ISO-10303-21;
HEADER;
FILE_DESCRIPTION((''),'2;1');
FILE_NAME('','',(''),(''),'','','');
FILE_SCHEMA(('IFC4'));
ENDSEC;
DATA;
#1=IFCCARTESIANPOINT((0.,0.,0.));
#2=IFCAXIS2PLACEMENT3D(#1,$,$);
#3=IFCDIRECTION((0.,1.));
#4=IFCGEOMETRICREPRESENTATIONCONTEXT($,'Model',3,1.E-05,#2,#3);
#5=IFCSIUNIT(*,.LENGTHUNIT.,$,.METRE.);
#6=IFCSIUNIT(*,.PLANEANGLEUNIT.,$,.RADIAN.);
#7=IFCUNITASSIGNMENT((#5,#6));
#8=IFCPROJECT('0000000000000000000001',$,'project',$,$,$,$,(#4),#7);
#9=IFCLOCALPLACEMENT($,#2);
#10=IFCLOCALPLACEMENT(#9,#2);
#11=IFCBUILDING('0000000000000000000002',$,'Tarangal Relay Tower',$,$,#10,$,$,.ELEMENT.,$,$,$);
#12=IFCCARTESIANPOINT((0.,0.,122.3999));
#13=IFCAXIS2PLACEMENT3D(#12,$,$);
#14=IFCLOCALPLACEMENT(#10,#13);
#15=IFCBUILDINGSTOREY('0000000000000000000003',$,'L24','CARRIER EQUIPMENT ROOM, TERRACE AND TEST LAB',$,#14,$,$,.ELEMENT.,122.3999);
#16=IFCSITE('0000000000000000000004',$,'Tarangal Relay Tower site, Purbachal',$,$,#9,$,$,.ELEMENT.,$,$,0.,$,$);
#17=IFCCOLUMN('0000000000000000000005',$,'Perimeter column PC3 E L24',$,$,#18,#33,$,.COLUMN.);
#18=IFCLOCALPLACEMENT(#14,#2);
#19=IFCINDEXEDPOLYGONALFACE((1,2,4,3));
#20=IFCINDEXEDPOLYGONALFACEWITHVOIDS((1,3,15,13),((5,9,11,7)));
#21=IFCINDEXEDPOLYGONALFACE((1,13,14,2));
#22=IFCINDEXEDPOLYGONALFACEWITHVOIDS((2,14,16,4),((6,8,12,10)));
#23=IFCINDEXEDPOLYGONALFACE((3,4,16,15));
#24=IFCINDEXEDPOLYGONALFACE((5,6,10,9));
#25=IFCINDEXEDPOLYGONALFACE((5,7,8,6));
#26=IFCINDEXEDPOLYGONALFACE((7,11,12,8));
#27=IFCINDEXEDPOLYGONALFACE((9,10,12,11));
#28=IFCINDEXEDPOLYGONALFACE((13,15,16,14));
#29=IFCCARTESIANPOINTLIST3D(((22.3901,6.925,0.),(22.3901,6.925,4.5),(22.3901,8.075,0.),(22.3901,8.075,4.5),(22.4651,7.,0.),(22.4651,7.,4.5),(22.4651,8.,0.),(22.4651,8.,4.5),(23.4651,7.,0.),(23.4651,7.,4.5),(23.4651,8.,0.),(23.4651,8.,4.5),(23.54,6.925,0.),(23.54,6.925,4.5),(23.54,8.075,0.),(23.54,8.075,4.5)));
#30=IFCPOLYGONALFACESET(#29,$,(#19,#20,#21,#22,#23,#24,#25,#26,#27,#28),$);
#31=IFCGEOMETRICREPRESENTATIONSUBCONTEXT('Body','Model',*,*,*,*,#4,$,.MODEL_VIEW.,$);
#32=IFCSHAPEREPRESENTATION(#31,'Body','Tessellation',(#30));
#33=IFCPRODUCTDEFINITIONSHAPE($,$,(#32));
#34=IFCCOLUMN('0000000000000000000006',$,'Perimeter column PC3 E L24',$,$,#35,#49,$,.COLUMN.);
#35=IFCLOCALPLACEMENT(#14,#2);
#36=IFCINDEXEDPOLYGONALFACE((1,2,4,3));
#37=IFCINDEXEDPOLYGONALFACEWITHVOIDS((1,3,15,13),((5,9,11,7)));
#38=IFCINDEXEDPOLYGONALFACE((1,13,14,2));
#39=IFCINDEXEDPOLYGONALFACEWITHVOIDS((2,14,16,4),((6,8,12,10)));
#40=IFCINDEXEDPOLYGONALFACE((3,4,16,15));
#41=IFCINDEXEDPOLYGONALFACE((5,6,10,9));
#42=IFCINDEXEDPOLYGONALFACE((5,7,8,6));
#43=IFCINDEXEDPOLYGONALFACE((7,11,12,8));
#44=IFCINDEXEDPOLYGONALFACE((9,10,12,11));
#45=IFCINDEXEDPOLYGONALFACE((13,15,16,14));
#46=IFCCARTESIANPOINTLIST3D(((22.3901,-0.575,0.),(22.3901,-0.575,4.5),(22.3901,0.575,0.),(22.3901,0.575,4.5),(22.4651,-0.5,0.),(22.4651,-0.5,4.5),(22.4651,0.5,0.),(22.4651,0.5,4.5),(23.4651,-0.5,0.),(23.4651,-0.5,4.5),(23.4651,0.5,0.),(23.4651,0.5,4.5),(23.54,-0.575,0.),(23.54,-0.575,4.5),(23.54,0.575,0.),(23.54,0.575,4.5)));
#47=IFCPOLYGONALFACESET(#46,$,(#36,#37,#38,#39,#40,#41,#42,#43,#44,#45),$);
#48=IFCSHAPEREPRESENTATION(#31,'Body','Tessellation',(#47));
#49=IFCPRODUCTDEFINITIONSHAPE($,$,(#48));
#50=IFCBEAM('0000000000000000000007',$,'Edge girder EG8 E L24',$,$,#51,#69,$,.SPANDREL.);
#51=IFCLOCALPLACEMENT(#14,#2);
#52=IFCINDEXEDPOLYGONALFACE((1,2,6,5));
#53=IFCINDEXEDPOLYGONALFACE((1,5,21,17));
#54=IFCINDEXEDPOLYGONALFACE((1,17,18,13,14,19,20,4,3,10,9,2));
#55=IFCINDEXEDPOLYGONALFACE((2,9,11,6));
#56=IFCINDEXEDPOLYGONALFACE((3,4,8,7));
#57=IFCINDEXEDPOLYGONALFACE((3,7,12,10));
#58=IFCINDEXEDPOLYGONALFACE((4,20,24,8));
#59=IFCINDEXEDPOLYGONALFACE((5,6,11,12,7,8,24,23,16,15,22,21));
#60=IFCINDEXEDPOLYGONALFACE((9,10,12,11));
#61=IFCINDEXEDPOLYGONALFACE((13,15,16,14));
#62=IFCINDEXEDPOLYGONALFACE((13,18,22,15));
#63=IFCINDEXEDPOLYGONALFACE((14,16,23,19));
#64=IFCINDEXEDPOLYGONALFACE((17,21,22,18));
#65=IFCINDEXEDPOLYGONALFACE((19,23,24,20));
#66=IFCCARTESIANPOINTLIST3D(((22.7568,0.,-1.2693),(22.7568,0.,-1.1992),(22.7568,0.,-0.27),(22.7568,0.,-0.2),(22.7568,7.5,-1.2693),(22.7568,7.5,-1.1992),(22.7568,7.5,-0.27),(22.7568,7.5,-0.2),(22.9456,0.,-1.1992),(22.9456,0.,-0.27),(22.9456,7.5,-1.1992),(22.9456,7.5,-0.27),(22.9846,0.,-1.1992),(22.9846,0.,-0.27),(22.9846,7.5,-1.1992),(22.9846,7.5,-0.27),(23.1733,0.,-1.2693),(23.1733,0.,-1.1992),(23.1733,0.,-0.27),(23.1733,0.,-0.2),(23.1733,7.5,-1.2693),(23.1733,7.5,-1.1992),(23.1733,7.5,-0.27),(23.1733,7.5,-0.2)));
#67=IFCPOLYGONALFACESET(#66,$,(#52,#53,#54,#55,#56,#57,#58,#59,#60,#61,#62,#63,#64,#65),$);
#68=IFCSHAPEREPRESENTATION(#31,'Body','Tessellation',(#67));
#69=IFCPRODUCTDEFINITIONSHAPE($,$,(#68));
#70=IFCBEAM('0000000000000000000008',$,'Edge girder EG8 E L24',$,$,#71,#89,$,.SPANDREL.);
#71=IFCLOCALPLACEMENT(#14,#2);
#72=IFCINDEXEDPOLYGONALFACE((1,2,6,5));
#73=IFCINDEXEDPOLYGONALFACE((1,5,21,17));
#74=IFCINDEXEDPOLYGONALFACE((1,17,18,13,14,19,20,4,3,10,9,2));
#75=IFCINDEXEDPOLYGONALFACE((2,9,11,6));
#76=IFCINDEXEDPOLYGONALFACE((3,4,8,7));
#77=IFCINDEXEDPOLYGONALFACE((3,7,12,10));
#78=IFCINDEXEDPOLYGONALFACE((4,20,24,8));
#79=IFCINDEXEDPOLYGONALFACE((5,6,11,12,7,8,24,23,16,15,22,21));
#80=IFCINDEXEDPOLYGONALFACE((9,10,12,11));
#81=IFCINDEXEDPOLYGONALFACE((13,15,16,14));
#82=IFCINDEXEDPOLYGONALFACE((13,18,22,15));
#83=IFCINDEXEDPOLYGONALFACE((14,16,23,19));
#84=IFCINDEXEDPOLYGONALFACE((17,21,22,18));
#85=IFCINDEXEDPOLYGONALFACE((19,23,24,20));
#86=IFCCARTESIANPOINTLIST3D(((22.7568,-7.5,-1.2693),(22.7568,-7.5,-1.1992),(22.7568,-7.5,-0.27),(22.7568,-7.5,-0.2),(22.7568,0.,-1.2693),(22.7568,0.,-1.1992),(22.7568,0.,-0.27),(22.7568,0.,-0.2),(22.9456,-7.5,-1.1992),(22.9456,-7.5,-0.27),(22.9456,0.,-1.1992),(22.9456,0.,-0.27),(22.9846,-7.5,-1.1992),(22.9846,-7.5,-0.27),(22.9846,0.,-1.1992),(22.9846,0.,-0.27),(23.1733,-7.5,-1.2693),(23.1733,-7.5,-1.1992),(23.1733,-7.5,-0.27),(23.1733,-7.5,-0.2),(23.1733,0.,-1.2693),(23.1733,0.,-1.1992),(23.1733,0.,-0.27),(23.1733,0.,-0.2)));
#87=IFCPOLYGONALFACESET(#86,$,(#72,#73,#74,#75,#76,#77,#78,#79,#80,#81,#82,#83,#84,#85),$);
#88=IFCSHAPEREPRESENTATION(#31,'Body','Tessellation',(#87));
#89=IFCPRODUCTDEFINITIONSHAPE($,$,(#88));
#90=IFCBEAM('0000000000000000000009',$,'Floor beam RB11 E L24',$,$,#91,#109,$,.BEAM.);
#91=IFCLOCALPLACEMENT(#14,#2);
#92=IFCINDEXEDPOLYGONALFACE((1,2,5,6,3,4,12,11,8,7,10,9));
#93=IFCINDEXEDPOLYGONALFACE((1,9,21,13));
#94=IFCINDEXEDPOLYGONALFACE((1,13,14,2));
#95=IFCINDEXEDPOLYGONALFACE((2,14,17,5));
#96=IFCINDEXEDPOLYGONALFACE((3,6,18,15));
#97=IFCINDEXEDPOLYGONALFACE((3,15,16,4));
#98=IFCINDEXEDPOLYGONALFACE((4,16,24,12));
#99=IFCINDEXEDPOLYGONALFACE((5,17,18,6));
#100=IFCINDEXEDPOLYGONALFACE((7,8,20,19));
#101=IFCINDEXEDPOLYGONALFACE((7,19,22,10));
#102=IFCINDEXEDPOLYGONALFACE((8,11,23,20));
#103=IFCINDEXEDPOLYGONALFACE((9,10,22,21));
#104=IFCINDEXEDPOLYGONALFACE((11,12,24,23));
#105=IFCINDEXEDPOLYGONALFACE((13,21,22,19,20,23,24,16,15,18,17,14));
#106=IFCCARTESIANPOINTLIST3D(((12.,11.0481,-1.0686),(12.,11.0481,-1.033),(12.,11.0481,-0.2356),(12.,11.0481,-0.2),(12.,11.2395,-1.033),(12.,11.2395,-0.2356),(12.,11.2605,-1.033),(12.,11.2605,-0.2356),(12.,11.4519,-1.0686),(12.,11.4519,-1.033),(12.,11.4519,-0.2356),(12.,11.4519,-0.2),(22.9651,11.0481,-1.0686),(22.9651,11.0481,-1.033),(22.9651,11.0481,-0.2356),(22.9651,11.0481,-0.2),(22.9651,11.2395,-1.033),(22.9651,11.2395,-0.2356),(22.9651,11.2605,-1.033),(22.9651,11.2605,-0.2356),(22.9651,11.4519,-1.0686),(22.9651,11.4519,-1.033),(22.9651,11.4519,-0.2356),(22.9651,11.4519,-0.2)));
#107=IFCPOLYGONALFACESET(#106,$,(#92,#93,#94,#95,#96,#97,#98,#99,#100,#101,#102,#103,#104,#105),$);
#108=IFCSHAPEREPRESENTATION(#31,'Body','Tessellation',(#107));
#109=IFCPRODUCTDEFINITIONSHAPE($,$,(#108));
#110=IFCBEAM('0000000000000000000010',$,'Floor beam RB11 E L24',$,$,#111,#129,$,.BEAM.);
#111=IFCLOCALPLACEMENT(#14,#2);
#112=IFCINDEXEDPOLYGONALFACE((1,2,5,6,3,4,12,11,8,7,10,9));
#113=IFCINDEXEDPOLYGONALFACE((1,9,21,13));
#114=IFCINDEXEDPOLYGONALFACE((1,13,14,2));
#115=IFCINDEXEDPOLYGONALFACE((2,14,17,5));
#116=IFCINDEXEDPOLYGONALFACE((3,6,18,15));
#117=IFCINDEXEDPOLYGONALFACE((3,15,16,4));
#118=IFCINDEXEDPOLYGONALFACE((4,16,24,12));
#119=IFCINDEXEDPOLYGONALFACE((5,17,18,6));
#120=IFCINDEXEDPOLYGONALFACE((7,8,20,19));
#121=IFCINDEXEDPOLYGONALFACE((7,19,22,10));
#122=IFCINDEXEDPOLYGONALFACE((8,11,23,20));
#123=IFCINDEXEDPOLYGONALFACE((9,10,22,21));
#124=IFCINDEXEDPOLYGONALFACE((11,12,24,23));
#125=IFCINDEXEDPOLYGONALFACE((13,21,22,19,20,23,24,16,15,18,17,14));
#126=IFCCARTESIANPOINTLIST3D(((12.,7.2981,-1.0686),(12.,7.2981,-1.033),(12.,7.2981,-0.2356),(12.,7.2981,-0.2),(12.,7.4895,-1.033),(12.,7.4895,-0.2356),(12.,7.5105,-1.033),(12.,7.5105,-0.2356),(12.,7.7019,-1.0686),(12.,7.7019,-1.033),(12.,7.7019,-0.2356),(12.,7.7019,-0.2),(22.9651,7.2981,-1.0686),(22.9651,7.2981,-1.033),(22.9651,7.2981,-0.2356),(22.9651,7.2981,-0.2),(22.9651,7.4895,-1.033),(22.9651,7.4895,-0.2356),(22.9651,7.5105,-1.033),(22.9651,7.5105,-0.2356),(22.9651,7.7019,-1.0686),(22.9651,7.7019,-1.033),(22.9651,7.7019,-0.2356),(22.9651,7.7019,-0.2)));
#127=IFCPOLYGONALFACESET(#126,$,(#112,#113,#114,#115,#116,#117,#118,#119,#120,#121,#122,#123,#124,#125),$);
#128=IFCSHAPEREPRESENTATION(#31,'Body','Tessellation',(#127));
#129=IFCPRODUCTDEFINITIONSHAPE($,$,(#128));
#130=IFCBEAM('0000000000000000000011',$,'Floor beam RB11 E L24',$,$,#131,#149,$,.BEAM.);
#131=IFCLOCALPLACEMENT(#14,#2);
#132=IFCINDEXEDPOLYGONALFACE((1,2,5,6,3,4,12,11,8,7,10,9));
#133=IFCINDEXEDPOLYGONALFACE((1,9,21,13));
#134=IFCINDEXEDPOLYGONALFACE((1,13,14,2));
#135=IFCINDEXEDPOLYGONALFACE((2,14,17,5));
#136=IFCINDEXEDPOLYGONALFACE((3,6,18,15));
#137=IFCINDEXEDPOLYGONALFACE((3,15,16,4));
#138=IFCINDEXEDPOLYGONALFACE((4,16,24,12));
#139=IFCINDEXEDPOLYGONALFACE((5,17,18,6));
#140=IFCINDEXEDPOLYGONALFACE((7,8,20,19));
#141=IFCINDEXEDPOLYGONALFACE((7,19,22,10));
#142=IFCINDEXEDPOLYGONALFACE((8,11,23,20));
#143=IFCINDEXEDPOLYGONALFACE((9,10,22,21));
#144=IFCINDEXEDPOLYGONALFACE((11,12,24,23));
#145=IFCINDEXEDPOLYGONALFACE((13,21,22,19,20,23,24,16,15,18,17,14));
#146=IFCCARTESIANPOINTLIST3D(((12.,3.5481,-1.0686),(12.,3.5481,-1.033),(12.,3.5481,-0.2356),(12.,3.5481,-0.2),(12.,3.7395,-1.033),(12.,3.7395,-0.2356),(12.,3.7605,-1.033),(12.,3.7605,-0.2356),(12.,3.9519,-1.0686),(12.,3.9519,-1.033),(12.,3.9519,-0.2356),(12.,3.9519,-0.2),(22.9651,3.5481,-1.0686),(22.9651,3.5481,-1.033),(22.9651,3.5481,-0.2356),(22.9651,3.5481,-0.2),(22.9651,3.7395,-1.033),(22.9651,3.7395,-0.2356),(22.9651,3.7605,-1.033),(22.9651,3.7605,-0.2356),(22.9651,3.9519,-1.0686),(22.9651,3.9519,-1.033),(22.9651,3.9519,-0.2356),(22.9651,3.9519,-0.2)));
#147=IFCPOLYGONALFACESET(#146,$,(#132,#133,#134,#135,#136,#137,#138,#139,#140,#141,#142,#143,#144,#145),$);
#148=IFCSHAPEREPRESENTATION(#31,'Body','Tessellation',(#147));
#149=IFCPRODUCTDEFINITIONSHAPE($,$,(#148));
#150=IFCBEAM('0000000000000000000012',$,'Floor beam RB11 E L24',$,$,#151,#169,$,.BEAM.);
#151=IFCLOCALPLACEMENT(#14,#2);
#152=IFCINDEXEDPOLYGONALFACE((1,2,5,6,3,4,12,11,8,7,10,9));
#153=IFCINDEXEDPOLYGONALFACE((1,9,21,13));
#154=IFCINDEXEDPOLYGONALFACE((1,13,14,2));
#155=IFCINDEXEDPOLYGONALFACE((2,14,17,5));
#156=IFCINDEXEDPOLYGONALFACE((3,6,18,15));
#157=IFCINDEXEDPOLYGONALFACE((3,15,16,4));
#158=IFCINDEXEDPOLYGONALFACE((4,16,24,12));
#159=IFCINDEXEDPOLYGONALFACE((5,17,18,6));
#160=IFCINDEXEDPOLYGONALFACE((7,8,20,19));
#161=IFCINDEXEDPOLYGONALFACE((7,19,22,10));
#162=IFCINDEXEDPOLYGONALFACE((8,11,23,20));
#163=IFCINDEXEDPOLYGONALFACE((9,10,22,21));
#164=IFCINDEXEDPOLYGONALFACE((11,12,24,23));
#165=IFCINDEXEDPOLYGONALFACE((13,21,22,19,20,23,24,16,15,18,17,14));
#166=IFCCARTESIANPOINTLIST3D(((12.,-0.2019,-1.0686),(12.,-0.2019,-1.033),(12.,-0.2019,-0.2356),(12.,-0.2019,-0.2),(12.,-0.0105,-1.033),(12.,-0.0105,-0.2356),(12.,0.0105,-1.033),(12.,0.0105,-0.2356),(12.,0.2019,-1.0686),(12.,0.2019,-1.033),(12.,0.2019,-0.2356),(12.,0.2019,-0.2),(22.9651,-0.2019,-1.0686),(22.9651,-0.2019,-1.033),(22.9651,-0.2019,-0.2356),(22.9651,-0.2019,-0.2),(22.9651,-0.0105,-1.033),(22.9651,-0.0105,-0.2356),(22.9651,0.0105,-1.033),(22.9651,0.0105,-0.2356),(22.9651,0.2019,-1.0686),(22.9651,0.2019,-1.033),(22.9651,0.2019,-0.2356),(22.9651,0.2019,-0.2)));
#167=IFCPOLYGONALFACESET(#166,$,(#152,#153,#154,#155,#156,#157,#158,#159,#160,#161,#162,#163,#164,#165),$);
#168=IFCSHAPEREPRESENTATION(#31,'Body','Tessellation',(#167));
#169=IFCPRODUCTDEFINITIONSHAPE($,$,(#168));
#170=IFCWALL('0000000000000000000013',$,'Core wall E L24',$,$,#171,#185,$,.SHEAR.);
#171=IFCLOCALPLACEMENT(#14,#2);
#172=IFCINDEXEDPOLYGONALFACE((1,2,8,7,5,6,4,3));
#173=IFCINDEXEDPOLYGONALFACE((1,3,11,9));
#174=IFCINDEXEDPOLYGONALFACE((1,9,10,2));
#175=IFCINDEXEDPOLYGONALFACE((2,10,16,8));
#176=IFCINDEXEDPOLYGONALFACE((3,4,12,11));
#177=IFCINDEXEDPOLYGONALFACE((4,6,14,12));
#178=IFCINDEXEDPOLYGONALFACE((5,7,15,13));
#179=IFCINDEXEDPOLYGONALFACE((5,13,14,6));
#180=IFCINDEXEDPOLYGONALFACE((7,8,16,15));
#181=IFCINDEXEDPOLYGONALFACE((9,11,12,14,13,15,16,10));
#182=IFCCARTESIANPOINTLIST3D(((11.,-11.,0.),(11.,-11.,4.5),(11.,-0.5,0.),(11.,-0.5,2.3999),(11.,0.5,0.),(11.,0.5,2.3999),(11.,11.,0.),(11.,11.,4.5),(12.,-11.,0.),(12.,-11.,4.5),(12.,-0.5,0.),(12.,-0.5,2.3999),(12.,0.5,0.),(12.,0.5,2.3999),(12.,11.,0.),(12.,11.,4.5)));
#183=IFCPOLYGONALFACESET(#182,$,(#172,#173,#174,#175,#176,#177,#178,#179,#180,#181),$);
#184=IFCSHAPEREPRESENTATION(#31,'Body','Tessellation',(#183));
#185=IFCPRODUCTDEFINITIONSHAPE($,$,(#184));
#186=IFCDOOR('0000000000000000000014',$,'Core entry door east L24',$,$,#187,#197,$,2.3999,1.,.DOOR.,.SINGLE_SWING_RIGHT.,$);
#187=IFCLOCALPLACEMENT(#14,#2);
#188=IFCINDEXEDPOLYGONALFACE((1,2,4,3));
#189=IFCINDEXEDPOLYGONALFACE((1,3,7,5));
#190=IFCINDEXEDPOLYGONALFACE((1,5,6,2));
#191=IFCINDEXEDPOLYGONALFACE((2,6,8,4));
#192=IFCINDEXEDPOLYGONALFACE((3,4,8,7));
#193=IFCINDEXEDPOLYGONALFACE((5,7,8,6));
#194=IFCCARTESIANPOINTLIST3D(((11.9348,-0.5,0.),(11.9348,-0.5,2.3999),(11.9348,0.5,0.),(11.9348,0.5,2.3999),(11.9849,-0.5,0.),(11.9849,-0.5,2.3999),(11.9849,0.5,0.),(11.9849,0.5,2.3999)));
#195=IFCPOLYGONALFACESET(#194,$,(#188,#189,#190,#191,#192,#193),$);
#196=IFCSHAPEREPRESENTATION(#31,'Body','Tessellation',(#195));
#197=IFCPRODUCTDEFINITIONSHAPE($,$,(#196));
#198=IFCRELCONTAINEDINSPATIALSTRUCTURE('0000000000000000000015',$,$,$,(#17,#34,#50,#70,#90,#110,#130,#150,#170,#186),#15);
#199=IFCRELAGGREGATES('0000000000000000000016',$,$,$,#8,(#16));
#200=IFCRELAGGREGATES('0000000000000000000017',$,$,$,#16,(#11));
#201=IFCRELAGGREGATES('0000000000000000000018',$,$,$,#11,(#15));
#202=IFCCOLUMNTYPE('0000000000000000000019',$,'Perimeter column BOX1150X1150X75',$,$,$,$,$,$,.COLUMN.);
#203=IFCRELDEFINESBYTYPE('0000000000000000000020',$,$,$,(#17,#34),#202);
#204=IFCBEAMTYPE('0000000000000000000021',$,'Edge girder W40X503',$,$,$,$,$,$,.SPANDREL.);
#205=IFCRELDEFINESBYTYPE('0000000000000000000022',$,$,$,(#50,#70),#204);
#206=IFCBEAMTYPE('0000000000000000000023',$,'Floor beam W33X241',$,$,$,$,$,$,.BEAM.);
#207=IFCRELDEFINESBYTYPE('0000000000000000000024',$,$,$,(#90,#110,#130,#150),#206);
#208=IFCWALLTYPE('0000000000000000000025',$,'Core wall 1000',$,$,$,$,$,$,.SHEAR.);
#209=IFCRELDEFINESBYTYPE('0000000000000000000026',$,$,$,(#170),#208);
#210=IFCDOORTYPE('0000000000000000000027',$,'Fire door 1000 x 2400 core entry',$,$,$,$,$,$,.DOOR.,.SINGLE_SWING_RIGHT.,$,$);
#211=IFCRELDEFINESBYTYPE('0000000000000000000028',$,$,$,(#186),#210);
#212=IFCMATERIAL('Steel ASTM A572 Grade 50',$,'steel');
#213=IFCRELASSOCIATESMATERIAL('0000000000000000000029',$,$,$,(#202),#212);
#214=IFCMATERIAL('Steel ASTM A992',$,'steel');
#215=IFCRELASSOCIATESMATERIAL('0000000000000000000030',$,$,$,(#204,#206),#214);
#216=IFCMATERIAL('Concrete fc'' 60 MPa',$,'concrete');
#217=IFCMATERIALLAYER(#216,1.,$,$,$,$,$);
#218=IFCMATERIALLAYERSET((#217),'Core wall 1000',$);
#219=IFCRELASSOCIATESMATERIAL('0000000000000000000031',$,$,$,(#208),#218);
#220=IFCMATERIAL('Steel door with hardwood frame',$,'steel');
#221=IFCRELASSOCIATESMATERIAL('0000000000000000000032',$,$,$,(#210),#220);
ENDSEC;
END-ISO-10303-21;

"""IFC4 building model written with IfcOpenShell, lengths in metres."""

from ifc_helpers import new_model, si_unit, direction, frame, frame_2d, origin, origin_2d, place, context, subcontext, project, spatial, rectangle, hollow_rectangle, i_section, extrude, material, layer, layer_set, material_profile, profile_set, type_object, element, fill, save


model = new_model("IFC4")

# Units and contexts
model_context = context("Model", 3, precision=1e-05, world=origin(), true_north=direction((0.0, 1.0)))
body_context = subcontext(model_context, "Body", "Model", "MODEL_VIEW")
ifc_project = project(units=[si_unit("LENGTHUNIT", "METRE"), si_unit("PLANEANGLEUNIT", "RADIAN")], contexts=[model_context])

# Site, building, storey
site_placement = place(None, origin())
site = spatial("IfcSite", under=ifc_project, at=site_placement, Name="Tarangal Relay Tower site, Purbachal", CompositionType="ELEMENT", RefElevation=0.0)
building_placement = place(site_placement, origin())
building = spatial("IfcBuilding", under=site, at=building_placement, Name="Tarangal Relay Tower", CompositionType="ELEMENT")
storey_placement = place(building_placement, frame((0.0, 0.0, 122.3999)))
storey = spatial("IfcBuildingStorey", under=building, at=storey_placement, Name="L24", Description="CARRIER EQUIPMENT ROOM, TERRACE AND TEST LAB", CompositionType="ELEMENT", Elevation=122.3999)

# Columns
ifc_material_1 = material(Name="Steel ASTM A572 Grade 50", Category="steel")
ifc_material_profile_1 = material_profile(ifc_material_1, hollow_rectangle(XDim=1.1499, YDim=1.1499, WallThickness=0.075, at=origin_2d()), Name="BOX1150X1150X75")
ifc_profile_set_1 = profile_set([ifc_material_profile_1], Name="Steel ASTM A572 Grade 50")
column_type = type_object("IfcColumnType", Name="Perimeter column BOX1150X1150X75", PredefinedType="COLUMN", material=ifc_profile_set_1)
for number, where, z_axis, x_axis, name in (
    (1, (22.9651, 7.5, 0.0), (0.0, 0.0, 1.0), (1.0, 0.0, 0.0), "Perimeter column PC3 E L24"),
    (2, (22.9651, 0.0, 0.0), (0.0, 0.0, 1.0), (1.0, 0.0, 0.0), "Perimeter column PC3 E L24"),
):
    element("IfcColumn", number, at=place(storey_placement, frame(where, z_axis=z_axis, x_axis=x_axis)), inside=storey, type_object=column_type, Name=name, PredefinedType="COLUMN", context=body_context, shape_type="SweptSolid", body=[
        extrude(hollow_rectangle(XDim=1.1499, YDim=1.1499, WallThickness=0.075, at=origin_2d()), origin(), (0.0, 0.0, 1.0), 4.5),
    ])

# Beams
ifc_material_2 = material(Name="Steel ASTM A992", Category="steel")
ifc_material_profile_2 = material_profile(ifc_material_2, i_section(OverallWidth=0.4165, OverallDepth=1.0693, WebThickness=0.0391, FlangeThickness=0.0701, at=origin_2d()), Name="W40X503")
ifc_profile_set_2 = profile_set([ifc_material_profile_2], Name="Steel ASTM A992")
beam_type_1 = type_object("IfcBeamType", Name="Edge girder W40X503", PredefinedType="SPANDREL", material=ifc_profile_set_2)
for number, where, z_axis, x_axis, name in (
    (3, (22.9651, 7.5, -0.7346), (0.0, -1.0, 0.0), (1.0, 0.0, 0.0), "Edge girder EG8 E L24"),
    (4, (22.9651, 0.0, -0.7346), (0.0, -1.0, 0.0), (1.0, 0.0, 0.0), "Edge girder EG8 E L24"),
):
    element("IfcBeam", number, at=place(storey_placement, frame(where, z_axis=z_axis, x_axis=x_axis)), inside=storey, type_object=beam_type_1, Name=name, PredefinedType="SPANDREL", context=body_context, shape_type="SweptSolid", body=[
        extrude(i_section(OverallWidth=0.4165, OverallDepth=1.0693, WebThickness=0.0391, FlangeThickness=0.0701, at=origin_2d()), origin(), (0.0, 0.0, 1.0), 7.5),
    ])
ifc_material_profile_3 = material_profile(ifc_material_2, i_section(OverallWidth=0.4038, OverallDepth=0.8687, WebThickness=0.021, FlangeThickness=0.0356, at=origin_2d()), Name="W33X241")
ifc_profile_set_3 = profile_set([ifc_material_profile_3], Name="Steel ASTM A992")
beam_type_2 = type_object("IfcBeamType", Name="Floor beam W33X241", PredefinedType="BEAM", material=ifc_profile_set_3)
for number, where, z_axis, x_axis, name in (
    (5, (12.0, 11.25, -0.6343), (1.0, 0.0, 0.0), (0.0, 1.0, 0.0), "Floor beam RB11 E L24"),
    (6, (12.0, 7.5, -0.6343), (1.0, 0.0, 0.0), (0.0, 1.0, 0.0), "Floor beam RB11 E L24"),
    (7, (12.0, 3.75, -0.6343), (1.0, 0.0, 0.0), (0.0, 1.0, 0.0), "Floor beam RB11 E L24"),
    (8, (12.0, 0.0, -0.6343), (1.0, 0.0, 0.0), (0.0, 1.0, 0.0), "Floor beam RB11 E L24"),
):
    element("IfcBeam", number, at=place(storey_placement, frame(where, z_axis=z_axis, x_axis=x_axis)), inside=storey, type_object=beam_type_2, Name=name, PredefinedType="BEAM", context=body_context, shape_type="SweptSolid", body=[
        extrude(i_section(OverallWidth=0.4038, OverallDepth=0.8687, WebThickness=0.021, FlangeThickness=0.0356, at=origin_2d()), origin(), (0.0, 0.0, 1.0), 10.9651),
    ])

# Wall, opening, door
ifc_material_3 = material(Name="Concrete fc' 60 MPa", Category="concrete")
ifc_layer_1 = layer(ifc_material_3, 1.0)
ifc_layer_set_1 = layer_set([ifc_layer_1], Name="Core wall 1000")
wall_type_1 = type_object("IfcWallType", Name="Core wall 1000", PredefinedType="SHEAR", material=ifc_layer_set_1)
wall_1_placement = place(storey_placement, frame((11.5, 11.0, 0.0), z_axis=(0.0, 0.0, 1.0), x_axis=(0.0, -1.0, 0.0)))
wall_1 = element("IfcWall", 9, at=wall_1_placement, inside=storey, type_object=wall_type_1, Name="Core wall E L24", PredefinedType="SHEAR", context=body_context, shape_type="SweptSolid", body=[
    extrude(rectangle(XDim=22.0, YDim=1.0, at=frame_2d((11.0, 0.0))), origin(), (0.0, 0.0, 1.0), 4.5),
])
opening_placement = place(wall_1_placement, frame((10.5, 0.0, 0.0)))
opening = element("IfcOpeningElement", 10, at=opening_placement, cuts=wall_1, PredefinedType="OPENING", context=body_context, shape_type="SweptSolid", body=[
    extrude(rectangle(XDim=1.0, YDim=2.3999, at=frame_2d((0.5, 1.2))), frame((0.0, 0.51, 0.0), z_axis=(0.0, -1.0, 0.0), x_axis=(1.0, 0.0, 0.0)), (0.0, 0.0, 1.0), 1.02),
])
ifc_material_4 = material(Name="Steel door with hardwood frame", Category="steel")
door_type = type_object("IfcDoorType", Name="Fire door 1000 x 2400 core entry", OperationType="SINGLE_SWING_RIGHT", PredefinedType="DOOR", material=ifc_material_4)
door_placement = place(opening_placement, origin())
door = element("IfcDoor", 11, at=door_placement, inside=storey, type_object=door_type, Name="Core entry door east L24", OperationType="SINGLE_SWING_RIGHT", OverallHeight=2.3999, OverallWidth=1.0, PredefinedType="DOOR", context=body_context, shape_type="SweptSolid", body=[
    extrude(rectangle(XDim=1.0, YDim=2.3999, at=frame_2d((0.5, 1.2))), frame((0.0, 0.4849, 0.0), z_axis=(0.0, -1.0, 0.0), x_axis=(1.0, 0.0, 0.0)), (0.0, 0.0, 1.0), 0.05),
])
fill(opening, door)

save(model, "model.ifc")
